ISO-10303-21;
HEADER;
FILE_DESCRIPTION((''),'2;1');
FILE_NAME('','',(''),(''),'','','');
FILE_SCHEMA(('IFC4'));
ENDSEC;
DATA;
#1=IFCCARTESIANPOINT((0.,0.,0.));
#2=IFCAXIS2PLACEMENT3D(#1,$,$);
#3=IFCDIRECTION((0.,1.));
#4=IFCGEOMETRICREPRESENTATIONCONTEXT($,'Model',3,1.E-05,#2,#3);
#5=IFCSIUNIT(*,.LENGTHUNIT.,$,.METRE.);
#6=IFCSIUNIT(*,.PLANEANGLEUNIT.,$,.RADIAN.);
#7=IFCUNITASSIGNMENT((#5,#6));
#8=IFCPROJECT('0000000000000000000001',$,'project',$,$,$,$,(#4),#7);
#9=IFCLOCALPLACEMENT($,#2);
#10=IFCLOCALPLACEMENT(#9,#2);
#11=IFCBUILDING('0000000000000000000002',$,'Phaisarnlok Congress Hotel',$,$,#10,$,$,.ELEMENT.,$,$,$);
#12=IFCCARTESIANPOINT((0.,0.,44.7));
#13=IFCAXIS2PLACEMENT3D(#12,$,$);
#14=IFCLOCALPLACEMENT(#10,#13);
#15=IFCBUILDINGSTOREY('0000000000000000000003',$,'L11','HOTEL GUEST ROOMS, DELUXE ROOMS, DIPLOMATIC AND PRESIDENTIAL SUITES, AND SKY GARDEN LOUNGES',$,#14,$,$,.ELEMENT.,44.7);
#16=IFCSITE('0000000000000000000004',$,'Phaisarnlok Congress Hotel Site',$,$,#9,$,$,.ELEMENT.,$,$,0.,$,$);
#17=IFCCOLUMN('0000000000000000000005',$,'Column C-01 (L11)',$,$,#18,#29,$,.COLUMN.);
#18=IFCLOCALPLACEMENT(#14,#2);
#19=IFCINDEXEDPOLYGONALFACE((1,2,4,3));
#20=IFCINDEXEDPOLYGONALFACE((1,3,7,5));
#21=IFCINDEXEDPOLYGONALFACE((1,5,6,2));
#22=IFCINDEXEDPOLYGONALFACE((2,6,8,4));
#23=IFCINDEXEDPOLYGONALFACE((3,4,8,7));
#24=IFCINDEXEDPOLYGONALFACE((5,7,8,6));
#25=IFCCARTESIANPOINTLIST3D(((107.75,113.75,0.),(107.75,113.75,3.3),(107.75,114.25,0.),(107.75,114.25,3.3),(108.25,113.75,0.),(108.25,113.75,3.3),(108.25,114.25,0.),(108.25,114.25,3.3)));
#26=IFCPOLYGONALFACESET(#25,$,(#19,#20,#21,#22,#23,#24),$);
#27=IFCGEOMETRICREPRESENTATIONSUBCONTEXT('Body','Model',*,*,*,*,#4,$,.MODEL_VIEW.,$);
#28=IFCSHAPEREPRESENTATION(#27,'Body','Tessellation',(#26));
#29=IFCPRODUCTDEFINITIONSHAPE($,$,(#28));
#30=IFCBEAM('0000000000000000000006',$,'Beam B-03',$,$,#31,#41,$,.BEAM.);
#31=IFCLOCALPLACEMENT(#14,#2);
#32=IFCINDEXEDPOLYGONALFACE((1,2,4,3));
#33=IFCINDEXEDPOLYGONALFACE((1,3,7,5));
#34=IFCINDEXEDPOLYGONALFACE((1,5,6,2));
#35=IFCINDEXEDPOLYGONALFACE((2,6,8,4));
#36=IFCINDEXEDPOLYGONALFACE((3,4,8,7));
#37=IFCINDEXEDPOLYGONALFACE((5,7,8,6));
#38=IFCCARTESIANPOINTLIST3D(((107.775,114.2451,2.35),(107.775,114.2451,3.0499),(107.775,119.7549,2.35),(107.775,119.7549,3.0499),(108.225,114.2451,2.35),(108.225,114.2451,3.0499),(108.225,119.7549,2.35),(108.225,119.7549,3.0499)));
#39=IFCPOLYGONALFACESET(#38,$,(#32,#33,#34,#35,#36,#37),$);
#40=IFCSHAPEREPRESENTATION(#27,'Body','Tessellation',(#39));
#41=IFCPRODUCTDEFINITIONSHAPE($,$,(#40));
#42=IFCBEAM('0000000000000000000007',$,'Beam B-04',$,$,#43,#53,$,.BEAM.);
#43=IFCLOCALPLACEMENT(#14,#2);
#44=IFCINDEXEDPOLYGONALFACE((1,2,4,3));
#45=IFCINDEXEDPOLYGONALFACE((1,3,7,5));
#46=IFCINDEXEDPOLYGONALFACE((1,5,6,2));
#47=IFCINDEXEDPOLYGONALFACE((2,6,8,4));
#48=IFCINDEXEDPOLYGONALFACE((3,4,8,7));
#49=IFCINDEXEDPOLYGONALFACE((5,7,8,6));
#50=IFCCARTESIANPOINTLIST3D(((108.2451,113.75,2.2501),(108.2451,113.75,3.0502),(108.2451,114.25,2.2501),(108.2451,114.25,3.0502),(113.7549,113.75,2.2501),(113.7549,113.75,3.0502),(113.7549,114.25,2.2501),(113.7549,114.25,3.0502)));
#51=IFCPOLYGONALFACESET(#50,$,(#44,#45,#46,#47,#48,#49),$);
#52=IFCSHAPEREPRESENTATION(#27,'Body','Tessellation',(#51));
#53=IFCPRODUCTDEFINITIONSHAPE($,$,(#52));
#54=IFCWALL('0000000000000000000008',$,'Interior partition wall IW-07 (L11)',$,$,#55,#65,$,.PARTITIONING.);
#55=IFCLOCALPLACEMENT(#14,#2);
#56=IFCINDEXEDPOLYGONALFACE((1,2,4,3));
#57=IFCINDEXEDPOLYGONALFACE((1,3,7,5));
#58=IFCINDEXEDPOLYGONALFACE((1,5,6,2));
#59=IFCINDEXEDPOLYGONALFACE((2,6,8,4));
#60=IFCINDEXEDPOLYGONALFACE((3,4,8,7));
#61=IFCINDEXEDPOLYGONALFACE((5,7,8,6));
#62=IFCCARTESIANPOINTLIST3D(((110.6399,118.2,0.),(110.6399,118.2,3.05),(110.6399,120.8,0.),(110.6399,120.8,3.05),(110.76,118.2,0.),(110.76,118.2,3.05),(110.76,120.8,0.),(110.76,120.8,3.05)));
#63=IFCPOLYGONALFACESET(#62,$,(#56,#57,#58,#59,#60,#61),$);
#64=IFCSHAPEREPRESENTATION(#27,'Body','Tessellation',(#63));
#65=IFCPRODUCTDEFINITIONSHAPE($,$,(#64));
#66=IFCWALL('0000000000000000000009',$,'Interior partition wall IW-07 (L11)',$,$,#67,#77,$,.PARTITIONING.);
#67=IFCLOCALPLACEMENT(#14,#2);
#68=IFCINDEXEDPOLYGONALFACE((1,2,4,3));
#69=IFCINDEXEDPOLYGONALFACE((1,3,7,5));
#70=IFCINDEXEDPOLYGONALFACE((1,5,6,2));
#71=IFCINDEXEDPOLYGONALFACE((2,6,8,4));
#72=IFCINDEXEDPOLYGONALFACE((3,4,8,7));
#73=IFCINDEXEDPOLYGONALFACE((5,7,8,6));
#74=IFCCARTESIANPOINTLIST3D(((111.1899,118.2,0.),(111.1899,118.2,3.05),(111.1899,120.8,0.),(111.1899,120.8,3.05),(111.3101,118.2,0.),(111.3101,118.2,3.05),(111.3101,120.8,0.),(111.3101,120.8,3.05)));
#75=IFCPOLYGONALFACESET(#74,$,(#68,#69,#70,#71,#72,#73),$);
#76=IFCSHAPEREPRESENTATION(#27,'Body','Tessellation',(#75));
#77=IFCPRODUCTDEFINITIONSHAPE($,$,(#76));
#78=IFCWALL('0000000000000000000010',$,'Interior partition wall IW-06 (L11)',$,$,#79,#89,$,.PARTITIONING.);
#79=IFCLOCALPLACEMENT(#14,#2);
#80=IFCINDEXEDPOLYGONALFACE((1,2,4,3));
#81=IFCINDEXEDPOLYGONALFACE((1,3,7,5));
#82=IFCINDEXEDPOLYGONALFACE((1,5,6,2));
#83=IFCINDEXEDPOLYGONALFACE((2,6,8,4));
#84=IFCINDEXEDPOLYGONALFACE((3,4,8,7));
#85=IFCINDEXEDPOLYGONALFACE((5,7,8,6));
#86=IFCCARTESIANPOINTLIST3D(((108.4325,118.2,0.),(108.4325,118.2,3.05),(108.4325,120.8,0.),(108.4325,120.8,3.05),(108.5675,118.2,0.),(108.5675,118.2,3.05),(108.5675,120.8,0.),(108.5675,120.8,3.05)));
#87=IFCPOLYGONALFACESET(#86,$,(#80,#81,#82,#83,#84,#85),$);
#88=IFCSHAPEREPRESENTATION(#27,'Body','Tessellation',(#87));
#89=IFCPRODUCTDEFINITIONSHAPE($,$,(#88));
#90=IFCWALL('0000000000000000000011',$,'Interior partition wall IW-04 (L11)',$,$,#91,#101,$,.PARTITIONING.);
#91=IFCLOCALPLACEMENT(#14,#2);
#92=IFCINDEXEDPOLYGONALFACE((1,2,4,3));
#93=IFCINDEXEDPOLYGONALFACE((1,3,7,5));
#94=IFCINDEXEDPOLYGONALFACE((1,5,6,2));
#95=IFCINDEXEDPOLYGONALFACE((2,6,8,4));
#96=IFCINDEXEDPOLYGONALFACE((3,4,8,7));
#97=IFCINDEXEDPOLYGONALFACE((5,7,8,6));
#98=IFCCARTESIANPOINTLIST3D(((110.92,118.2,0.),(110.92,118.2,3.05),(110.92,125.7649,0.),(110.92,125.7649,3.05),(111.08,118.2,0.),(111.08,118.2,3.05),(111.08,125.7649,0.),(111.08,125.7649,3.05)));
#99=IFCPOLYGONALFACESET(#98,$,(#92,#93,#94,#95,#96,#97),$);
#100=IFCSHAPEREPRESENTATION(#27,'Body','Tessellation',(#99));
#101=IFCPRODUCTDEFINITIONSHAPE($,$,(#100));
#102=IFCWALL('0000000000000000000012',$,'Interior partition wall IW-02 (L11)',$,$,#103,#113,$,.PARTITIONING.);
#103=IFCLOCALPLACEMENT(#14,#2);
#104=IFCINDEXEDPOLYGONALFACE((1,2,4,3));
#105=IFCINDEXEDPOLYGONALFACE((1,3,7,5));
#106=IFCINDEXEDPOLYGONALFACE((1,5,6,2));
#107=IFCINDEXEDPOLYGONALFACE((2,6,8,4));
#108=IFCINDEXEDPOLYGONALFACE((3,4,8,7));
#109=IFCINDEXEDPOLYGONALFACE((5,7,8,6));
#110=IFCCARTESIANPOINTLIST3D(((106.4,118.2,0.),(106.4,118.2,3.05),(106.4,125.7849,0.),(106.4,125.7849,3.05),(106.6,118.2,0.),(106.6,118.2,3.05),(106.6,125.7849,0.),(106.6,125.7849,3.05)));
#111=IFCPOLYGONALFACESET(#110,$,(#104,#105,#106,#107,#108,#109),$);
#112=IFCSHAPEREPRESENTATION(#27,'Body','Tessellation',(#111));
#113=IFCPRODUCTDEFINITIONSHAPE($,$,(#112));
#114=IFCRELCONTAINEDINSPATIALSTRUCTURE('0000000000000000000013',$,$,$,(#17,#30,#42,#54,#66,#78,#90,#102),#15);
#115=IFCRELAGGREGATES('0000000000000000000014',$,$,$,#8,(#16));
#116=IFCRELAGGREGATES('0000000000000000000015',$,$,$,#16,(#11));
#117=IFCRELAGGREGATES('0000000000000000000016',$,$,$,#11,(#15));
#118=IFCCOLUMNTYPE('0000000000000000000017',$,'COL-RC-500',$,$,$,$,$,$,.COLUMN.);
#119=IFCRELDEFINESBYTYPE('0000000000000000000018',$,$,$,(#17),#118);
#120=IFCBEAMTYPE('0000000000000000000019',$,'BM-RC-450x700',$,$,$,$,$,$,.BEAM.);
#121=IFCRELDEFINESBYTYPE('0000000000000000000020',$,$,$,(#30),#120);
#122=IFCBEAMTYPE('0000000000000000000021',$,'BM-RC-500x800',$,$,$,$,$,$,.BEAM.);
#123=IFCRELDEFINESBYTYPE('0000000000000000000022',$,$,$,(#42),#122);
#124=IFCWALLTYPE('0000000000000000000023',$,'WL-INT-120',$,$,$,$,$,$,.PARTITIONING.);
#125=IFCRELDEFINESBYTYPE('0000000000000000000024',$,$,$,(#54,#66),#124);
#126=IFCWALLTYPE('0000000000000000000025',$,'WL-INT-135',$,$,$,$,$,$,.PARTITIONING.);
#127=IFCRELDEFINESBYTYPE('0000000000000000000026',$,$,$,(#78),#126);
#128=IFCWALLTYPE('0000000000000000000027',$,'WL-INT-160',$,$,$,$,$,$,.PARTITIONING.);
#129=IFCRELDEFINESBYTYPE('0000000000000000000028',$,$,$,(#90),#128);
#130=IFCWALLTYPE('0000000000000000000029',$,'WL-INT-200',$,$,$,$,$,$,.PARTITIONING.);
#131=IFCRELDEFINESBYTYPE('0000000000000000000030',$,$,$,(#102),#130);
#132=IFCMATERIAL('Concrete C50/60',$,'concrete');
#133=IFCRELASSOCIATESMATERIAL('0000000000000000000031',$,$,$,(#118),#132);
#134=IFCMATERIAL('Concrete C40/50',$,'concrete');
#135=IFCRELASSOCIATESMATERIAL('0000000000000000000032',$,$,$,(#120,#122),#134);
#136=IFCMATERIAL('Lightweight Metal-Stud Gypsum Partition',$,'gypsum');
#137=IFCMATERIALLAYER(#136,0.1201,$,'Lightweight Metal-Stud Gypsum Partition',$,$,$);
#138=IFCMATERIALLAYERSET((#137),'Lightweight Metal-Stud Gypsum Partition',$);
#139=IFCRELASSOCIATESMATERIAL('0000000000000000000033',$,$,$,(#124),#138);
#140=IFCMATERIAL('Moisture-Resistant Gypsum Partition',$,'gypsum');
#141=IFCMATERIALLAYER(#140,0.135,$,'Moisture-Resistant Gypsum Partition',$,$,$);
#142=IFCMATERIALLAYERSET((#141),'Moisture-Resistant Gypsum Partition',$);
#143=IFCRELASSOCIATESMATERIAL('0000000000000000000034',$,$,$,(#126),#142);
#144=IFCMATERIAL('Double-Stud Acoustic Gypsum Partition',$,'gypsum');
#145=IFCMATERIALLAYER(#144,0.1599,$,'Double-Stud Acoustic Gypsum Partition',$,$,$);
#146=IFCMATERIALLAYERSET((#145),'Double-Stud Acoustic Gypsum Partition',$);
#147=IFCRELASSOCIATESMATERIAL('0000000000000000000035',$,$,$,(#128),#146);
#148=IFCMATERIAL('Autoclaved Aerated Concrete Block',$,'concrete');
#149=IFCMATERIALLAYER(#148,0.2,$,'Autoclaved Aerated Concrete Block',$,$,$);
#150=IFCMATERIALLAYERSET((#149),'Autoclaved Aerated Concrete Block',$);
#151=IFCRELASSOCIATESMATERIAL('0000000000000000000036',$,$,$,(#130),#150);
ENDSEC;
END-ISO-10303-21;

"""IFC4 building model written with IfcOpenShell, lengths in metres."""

from ifc_helpers import new_model, si_unit, direction, frame, frame_2d, origin, origin_2d, place, context, subcontext, project, spatial, rectangle, extrude, material, layer, layer_set, material_profile, profile_set, type_object, element, save


model = new_model("IFC4")

# Units and contexts
model_context = context("Model", 3, precision=1e-05, world=origin(), true_north=direction((0.0, 1.0)))
body_context = subcontext(model_context, "Body", "Model", "MODEL_VIEW")
ifc_project = project(units=[si_unit("LENGTHUNIT", "METRE"), si_unit("PLANEANGLEUNIT", "RADIAN")], contexts=[model_context])

# Site, building, storey
site_placement = place(None, origin())
site = spatial("IfcSite", under=ifc_project, at=site_placement, Name="Phaisarnlok Congress Hotel Site", CompositionType="ELEMENT", RefElevation=0.0)
building_placement = place(site_placement, origin())
building = spatial("IfcBuilding", under=site, at=building_placement, Name="Phaisarnlok Congress Hotel", CompositionType="ELEMENT")
storey_placement = place(building_placement, frame((0.0, 0.0, 44.7)))
storey = spatial("IfcBuildingStorey", under=building, at=storey_placement, Name="L11", Description="HOTEL GUEST ROOMS, DELUXE ROOMS, DIPLOMATIC AND PRESIDENTIAL SUITES, AND SKY GARDEN LOUNGES", CompositionType="ELEMENT", Elevation=44.7)

# Column
ifc_material_1 = material(Name="Concrete C50/60", Category="concrete")
ifc_material_profile_1 = material_profile(ifc_material_1, rectangle(XDim=0.5, YDim=0.5, at=origin_2d()), Name="RC 500x500")
ifc_profile_set_1 = profile_set([ifc_material_profile_1], Name="Concrete C50/60")
column_type = type_object("IfcColumnType", Name="COL-RC-500", PredefinedType="COLUMN", material=ifc_profile_set_1)
column_placement = place(storey_placement, frame((108.0, 114.0, 0.0), z_axis=(0.0, 0.0, 1.0), x_axis=(1.0, 0.0, 0.0)))
element("IfcColumn", 1, at=column_placement, inside=storey, type_object=column_type, Name="Column C-01 (L11)", PredefinedType="COLUMN", context=body_context, shape_type="SweptSolid", body=[
    extrude(rectangle(XDim=0.5, YDim=0.5, at=origin_2d()), origin(), (0.0, 0.0, 1.0), 3.3),
])

# Beams
ifc_material_2 = material(Name="Concrete C40/50", Category="concrete")
ifc_material_profile_2 = material_profile(ifc_material_2, rectangle(XDim=0.45, YDim=0.7, at=origin_2d()), Name="RC 450x700")
ifc_profile_set_2 = profile_set([ifc_material_profile_2], Name="Concrete C40/50")
beam_type_1 = type_object("IfcBeamType", Name="BM-RC-450x700", PredefinedType="BEAM", material=ifc_profile_set_2)
beam_1_placement = place(storey_placement, frame((108.0, 114.2451, 2.7), z_axis=(0.0, 1.0, 0.0), x_axis=(-1.0, 0.0, 0.0)))
element("IfcBeam", 2, at=beam_1_placement, inside=storey, type_object=beam_type_1, Name="Beam B-03", PredefinedType="BEAM", context=body_context, shape_type="SweptSolid", body=[
    extrude(rectangle(XDim=0.45, YDim=0.7, at=origin_2d()), origin(), (0.0, 0.0, 1.0), 5.5098),
])
ifc_material_profile_3 = material_profile(ifc_material_2, rectangle(XDim=0.5, YDim=0.8, at=origin_2d()), Name="RC 500x800")
ifc_profile_set_3 = profile_set([ifc_material_profile_3], Name="Concrete C40/50")
beam_type_2 = type_object("IfcBeamType", Name="BM-RC-500x800", PredefinedType="BEAM", material=ifc_profile_set_3)
beam_2_placement = place(storey_placement, frame((108.2451, 114.0, 2.6501), z_axis=(1.0, 0.0, 0.0), x_axis=(0.0, 1.0, 0.0)))
element("IfcBeam", 3, at=beam_2_placement, inside=storey, type_object=beam_type_2, Name="Beam B-04", PredefinedType="BEAM", context=body_context, shape_type="SweptSolid", body=[
    extrude(rectangle(XDim=0.5, YDim=0.8, at=origin_2d()), origin(), (0.0, 0.0, 1.0), 5.5098),
])

# Walls
ifc_material_3 = material(Name="Lightweight Metal-Stud Gypsum Partition", Category="gypsum")
ifc_layer_1 = layer(ifc_material_3, 0.1201, Name="Lightweight Metal-Stud Gypsum Partition")
ifc_layer_set_1 = layer_set([ifc_layer_1], Name="Lightweight Metal-Stud Gypsum Partition")
wall_type_1 = type_object("IfcWallType", Name="WL-INT-120", PredefinedType="PARTITIONING", material=ifc_layer_set_1)
for number, where, z_axis, x_axis, name in (
    (4, (110.7, 118.2, 0.0), (0.0, 0.0, 1.0), (0.0, 1.0, 0.0), "Interior partition wall IW-07 (L11)"),
    (5, (111.25, 118.2, 0.0), (0.0, 0.0, 1.0), (0.0, 1.0, 0.0), "Interior partition wall IW-07 (L11)"),
):
    element("IfcWall", number, at=place(storey_placement, frame(where, z_axis=z_axis, x_axis=x_axis)), inside=storey, type_object=wall_type_1, Name=name, PredefinedType="PARTITIONING", context=body_context, shape_type="SweptSolid", body=[
        extrude(rectangle(XDim=2.6001, YDim=0.1201, at=frame_2d((1.3, 0.0))), origin(), (0.0, 0.0, 1.0), 3.05),
    ])
ifc_material_4 = material(Name="Moisture-Resistant Gypsum Partition", Category="gypsum")
ifc_layer_2 = layer(ifc_material_4, 0.135, Name="Moisture-Resistant Gypsum Partition")
ifc_layer_set_2 = layer_set([ifc_layer_2], Name="Moisture-Resistant Gypsum Partition")
wall_type_2 = type_object("IfcWallType", Name="WL-INT-135", PredefinedType="PARTITIONING", material=ifc_layer_set_2)
wall_1_placement = place(storey_placement, frame((108.5, 118.2, 0.0), z_axis=(0.0, 0.0, 1.0), x_axis=(0.0, 1.0, 0.0)))
element("IfcWall", 6, at=wall_1_placement, inside=storey, type_object=wall_type_2, Name="Interior partition wall IW-06 (L11)", PredefinedType="PARTITIONING", context=body_context, shape_type="SweptSolid", body=[
    extrude(rectangle(XDim=2.6001, YDim=0.135, at=frame_2d((1.3, 0.0))), origin(), (0.0, 0.0, 1.0), 3.05),
])
ifc_material_5 = material(Name="Double-Stud Acoustic Gypsum Partition", Category="gypsum")
ifc_layer_3 = layer(ifc_material_5, 0.1599, Name="Double-Stud Acoustic Gypsum Partition")
ifc_layer_set_3 = layer_set([ifc_layer_3], Name="Double-Stud Acoustic Gypsum Partition")
wall_type_3 = type_object("IfcWallType", Name="WL-INT-160", PredefinedType="PARTITIONING", material=ifc_layer_set_3)
wall_2_placement = place(storey_placement, frame((111.0, 118.2, 0.0), z_axis=(0.0, 0.0, 1.0), x_axis=(0.0, 1.0, 0.0)))
element("IfcWall", 7, at=wall_2_placement, inside=storey, type_object=wall_type_3, Name="Interior partition wall IW-04 (L11)", PredefinedType="PARTITIONING", context=body_context, shape_type="SweptSolid", body=[
    extrude(rectangle(XDim=7.5649, YDim=0.1599, at=frame_2d((3.7825, 0.0))), origin(), (0.0, 0.0, 1.0), 3.05),
])
ifc_material_6 = material(Name="Autoclaved Aerated Concrete Block", Category="concrete")
ifc_layer_4 = layer(ifc_material_6, 0.2, Name="Autoclaved Aerated Concrete Block")
ifc_layer_set_4 = layer_set([ifc_layer_4], Name="Autoclaved Aerated Concrete Block")
wall_type_4 = type_object("IfcWallType", Name="WL-INT-200", PredefinedType="PARTITIONING", material=ifc_layer_set_4)
wall_3_placement = place(storey_placement, frame((106.5, 118.2, 0.0), z_axis=(0.0, 0.0, 1.0), x_axis=(0.0, 1.0, 0.0)))
element("IfcWall", 8, at=wall_3_placement, inside=storey, type_object=wall_type_4, Name="Interior partition wall IW-02 (L11)", PredefinedType="PARTITIONING", context=body_context, shape_type="SweptSolid", body=[
    extrude(rectangle(XDim=7.585, YDim=0.2, at=frame_2d((3.7925, 0.0))), origin(), (0.0, 0.0, 1.0), 3.05),
])

save(model, "model.ifc")
